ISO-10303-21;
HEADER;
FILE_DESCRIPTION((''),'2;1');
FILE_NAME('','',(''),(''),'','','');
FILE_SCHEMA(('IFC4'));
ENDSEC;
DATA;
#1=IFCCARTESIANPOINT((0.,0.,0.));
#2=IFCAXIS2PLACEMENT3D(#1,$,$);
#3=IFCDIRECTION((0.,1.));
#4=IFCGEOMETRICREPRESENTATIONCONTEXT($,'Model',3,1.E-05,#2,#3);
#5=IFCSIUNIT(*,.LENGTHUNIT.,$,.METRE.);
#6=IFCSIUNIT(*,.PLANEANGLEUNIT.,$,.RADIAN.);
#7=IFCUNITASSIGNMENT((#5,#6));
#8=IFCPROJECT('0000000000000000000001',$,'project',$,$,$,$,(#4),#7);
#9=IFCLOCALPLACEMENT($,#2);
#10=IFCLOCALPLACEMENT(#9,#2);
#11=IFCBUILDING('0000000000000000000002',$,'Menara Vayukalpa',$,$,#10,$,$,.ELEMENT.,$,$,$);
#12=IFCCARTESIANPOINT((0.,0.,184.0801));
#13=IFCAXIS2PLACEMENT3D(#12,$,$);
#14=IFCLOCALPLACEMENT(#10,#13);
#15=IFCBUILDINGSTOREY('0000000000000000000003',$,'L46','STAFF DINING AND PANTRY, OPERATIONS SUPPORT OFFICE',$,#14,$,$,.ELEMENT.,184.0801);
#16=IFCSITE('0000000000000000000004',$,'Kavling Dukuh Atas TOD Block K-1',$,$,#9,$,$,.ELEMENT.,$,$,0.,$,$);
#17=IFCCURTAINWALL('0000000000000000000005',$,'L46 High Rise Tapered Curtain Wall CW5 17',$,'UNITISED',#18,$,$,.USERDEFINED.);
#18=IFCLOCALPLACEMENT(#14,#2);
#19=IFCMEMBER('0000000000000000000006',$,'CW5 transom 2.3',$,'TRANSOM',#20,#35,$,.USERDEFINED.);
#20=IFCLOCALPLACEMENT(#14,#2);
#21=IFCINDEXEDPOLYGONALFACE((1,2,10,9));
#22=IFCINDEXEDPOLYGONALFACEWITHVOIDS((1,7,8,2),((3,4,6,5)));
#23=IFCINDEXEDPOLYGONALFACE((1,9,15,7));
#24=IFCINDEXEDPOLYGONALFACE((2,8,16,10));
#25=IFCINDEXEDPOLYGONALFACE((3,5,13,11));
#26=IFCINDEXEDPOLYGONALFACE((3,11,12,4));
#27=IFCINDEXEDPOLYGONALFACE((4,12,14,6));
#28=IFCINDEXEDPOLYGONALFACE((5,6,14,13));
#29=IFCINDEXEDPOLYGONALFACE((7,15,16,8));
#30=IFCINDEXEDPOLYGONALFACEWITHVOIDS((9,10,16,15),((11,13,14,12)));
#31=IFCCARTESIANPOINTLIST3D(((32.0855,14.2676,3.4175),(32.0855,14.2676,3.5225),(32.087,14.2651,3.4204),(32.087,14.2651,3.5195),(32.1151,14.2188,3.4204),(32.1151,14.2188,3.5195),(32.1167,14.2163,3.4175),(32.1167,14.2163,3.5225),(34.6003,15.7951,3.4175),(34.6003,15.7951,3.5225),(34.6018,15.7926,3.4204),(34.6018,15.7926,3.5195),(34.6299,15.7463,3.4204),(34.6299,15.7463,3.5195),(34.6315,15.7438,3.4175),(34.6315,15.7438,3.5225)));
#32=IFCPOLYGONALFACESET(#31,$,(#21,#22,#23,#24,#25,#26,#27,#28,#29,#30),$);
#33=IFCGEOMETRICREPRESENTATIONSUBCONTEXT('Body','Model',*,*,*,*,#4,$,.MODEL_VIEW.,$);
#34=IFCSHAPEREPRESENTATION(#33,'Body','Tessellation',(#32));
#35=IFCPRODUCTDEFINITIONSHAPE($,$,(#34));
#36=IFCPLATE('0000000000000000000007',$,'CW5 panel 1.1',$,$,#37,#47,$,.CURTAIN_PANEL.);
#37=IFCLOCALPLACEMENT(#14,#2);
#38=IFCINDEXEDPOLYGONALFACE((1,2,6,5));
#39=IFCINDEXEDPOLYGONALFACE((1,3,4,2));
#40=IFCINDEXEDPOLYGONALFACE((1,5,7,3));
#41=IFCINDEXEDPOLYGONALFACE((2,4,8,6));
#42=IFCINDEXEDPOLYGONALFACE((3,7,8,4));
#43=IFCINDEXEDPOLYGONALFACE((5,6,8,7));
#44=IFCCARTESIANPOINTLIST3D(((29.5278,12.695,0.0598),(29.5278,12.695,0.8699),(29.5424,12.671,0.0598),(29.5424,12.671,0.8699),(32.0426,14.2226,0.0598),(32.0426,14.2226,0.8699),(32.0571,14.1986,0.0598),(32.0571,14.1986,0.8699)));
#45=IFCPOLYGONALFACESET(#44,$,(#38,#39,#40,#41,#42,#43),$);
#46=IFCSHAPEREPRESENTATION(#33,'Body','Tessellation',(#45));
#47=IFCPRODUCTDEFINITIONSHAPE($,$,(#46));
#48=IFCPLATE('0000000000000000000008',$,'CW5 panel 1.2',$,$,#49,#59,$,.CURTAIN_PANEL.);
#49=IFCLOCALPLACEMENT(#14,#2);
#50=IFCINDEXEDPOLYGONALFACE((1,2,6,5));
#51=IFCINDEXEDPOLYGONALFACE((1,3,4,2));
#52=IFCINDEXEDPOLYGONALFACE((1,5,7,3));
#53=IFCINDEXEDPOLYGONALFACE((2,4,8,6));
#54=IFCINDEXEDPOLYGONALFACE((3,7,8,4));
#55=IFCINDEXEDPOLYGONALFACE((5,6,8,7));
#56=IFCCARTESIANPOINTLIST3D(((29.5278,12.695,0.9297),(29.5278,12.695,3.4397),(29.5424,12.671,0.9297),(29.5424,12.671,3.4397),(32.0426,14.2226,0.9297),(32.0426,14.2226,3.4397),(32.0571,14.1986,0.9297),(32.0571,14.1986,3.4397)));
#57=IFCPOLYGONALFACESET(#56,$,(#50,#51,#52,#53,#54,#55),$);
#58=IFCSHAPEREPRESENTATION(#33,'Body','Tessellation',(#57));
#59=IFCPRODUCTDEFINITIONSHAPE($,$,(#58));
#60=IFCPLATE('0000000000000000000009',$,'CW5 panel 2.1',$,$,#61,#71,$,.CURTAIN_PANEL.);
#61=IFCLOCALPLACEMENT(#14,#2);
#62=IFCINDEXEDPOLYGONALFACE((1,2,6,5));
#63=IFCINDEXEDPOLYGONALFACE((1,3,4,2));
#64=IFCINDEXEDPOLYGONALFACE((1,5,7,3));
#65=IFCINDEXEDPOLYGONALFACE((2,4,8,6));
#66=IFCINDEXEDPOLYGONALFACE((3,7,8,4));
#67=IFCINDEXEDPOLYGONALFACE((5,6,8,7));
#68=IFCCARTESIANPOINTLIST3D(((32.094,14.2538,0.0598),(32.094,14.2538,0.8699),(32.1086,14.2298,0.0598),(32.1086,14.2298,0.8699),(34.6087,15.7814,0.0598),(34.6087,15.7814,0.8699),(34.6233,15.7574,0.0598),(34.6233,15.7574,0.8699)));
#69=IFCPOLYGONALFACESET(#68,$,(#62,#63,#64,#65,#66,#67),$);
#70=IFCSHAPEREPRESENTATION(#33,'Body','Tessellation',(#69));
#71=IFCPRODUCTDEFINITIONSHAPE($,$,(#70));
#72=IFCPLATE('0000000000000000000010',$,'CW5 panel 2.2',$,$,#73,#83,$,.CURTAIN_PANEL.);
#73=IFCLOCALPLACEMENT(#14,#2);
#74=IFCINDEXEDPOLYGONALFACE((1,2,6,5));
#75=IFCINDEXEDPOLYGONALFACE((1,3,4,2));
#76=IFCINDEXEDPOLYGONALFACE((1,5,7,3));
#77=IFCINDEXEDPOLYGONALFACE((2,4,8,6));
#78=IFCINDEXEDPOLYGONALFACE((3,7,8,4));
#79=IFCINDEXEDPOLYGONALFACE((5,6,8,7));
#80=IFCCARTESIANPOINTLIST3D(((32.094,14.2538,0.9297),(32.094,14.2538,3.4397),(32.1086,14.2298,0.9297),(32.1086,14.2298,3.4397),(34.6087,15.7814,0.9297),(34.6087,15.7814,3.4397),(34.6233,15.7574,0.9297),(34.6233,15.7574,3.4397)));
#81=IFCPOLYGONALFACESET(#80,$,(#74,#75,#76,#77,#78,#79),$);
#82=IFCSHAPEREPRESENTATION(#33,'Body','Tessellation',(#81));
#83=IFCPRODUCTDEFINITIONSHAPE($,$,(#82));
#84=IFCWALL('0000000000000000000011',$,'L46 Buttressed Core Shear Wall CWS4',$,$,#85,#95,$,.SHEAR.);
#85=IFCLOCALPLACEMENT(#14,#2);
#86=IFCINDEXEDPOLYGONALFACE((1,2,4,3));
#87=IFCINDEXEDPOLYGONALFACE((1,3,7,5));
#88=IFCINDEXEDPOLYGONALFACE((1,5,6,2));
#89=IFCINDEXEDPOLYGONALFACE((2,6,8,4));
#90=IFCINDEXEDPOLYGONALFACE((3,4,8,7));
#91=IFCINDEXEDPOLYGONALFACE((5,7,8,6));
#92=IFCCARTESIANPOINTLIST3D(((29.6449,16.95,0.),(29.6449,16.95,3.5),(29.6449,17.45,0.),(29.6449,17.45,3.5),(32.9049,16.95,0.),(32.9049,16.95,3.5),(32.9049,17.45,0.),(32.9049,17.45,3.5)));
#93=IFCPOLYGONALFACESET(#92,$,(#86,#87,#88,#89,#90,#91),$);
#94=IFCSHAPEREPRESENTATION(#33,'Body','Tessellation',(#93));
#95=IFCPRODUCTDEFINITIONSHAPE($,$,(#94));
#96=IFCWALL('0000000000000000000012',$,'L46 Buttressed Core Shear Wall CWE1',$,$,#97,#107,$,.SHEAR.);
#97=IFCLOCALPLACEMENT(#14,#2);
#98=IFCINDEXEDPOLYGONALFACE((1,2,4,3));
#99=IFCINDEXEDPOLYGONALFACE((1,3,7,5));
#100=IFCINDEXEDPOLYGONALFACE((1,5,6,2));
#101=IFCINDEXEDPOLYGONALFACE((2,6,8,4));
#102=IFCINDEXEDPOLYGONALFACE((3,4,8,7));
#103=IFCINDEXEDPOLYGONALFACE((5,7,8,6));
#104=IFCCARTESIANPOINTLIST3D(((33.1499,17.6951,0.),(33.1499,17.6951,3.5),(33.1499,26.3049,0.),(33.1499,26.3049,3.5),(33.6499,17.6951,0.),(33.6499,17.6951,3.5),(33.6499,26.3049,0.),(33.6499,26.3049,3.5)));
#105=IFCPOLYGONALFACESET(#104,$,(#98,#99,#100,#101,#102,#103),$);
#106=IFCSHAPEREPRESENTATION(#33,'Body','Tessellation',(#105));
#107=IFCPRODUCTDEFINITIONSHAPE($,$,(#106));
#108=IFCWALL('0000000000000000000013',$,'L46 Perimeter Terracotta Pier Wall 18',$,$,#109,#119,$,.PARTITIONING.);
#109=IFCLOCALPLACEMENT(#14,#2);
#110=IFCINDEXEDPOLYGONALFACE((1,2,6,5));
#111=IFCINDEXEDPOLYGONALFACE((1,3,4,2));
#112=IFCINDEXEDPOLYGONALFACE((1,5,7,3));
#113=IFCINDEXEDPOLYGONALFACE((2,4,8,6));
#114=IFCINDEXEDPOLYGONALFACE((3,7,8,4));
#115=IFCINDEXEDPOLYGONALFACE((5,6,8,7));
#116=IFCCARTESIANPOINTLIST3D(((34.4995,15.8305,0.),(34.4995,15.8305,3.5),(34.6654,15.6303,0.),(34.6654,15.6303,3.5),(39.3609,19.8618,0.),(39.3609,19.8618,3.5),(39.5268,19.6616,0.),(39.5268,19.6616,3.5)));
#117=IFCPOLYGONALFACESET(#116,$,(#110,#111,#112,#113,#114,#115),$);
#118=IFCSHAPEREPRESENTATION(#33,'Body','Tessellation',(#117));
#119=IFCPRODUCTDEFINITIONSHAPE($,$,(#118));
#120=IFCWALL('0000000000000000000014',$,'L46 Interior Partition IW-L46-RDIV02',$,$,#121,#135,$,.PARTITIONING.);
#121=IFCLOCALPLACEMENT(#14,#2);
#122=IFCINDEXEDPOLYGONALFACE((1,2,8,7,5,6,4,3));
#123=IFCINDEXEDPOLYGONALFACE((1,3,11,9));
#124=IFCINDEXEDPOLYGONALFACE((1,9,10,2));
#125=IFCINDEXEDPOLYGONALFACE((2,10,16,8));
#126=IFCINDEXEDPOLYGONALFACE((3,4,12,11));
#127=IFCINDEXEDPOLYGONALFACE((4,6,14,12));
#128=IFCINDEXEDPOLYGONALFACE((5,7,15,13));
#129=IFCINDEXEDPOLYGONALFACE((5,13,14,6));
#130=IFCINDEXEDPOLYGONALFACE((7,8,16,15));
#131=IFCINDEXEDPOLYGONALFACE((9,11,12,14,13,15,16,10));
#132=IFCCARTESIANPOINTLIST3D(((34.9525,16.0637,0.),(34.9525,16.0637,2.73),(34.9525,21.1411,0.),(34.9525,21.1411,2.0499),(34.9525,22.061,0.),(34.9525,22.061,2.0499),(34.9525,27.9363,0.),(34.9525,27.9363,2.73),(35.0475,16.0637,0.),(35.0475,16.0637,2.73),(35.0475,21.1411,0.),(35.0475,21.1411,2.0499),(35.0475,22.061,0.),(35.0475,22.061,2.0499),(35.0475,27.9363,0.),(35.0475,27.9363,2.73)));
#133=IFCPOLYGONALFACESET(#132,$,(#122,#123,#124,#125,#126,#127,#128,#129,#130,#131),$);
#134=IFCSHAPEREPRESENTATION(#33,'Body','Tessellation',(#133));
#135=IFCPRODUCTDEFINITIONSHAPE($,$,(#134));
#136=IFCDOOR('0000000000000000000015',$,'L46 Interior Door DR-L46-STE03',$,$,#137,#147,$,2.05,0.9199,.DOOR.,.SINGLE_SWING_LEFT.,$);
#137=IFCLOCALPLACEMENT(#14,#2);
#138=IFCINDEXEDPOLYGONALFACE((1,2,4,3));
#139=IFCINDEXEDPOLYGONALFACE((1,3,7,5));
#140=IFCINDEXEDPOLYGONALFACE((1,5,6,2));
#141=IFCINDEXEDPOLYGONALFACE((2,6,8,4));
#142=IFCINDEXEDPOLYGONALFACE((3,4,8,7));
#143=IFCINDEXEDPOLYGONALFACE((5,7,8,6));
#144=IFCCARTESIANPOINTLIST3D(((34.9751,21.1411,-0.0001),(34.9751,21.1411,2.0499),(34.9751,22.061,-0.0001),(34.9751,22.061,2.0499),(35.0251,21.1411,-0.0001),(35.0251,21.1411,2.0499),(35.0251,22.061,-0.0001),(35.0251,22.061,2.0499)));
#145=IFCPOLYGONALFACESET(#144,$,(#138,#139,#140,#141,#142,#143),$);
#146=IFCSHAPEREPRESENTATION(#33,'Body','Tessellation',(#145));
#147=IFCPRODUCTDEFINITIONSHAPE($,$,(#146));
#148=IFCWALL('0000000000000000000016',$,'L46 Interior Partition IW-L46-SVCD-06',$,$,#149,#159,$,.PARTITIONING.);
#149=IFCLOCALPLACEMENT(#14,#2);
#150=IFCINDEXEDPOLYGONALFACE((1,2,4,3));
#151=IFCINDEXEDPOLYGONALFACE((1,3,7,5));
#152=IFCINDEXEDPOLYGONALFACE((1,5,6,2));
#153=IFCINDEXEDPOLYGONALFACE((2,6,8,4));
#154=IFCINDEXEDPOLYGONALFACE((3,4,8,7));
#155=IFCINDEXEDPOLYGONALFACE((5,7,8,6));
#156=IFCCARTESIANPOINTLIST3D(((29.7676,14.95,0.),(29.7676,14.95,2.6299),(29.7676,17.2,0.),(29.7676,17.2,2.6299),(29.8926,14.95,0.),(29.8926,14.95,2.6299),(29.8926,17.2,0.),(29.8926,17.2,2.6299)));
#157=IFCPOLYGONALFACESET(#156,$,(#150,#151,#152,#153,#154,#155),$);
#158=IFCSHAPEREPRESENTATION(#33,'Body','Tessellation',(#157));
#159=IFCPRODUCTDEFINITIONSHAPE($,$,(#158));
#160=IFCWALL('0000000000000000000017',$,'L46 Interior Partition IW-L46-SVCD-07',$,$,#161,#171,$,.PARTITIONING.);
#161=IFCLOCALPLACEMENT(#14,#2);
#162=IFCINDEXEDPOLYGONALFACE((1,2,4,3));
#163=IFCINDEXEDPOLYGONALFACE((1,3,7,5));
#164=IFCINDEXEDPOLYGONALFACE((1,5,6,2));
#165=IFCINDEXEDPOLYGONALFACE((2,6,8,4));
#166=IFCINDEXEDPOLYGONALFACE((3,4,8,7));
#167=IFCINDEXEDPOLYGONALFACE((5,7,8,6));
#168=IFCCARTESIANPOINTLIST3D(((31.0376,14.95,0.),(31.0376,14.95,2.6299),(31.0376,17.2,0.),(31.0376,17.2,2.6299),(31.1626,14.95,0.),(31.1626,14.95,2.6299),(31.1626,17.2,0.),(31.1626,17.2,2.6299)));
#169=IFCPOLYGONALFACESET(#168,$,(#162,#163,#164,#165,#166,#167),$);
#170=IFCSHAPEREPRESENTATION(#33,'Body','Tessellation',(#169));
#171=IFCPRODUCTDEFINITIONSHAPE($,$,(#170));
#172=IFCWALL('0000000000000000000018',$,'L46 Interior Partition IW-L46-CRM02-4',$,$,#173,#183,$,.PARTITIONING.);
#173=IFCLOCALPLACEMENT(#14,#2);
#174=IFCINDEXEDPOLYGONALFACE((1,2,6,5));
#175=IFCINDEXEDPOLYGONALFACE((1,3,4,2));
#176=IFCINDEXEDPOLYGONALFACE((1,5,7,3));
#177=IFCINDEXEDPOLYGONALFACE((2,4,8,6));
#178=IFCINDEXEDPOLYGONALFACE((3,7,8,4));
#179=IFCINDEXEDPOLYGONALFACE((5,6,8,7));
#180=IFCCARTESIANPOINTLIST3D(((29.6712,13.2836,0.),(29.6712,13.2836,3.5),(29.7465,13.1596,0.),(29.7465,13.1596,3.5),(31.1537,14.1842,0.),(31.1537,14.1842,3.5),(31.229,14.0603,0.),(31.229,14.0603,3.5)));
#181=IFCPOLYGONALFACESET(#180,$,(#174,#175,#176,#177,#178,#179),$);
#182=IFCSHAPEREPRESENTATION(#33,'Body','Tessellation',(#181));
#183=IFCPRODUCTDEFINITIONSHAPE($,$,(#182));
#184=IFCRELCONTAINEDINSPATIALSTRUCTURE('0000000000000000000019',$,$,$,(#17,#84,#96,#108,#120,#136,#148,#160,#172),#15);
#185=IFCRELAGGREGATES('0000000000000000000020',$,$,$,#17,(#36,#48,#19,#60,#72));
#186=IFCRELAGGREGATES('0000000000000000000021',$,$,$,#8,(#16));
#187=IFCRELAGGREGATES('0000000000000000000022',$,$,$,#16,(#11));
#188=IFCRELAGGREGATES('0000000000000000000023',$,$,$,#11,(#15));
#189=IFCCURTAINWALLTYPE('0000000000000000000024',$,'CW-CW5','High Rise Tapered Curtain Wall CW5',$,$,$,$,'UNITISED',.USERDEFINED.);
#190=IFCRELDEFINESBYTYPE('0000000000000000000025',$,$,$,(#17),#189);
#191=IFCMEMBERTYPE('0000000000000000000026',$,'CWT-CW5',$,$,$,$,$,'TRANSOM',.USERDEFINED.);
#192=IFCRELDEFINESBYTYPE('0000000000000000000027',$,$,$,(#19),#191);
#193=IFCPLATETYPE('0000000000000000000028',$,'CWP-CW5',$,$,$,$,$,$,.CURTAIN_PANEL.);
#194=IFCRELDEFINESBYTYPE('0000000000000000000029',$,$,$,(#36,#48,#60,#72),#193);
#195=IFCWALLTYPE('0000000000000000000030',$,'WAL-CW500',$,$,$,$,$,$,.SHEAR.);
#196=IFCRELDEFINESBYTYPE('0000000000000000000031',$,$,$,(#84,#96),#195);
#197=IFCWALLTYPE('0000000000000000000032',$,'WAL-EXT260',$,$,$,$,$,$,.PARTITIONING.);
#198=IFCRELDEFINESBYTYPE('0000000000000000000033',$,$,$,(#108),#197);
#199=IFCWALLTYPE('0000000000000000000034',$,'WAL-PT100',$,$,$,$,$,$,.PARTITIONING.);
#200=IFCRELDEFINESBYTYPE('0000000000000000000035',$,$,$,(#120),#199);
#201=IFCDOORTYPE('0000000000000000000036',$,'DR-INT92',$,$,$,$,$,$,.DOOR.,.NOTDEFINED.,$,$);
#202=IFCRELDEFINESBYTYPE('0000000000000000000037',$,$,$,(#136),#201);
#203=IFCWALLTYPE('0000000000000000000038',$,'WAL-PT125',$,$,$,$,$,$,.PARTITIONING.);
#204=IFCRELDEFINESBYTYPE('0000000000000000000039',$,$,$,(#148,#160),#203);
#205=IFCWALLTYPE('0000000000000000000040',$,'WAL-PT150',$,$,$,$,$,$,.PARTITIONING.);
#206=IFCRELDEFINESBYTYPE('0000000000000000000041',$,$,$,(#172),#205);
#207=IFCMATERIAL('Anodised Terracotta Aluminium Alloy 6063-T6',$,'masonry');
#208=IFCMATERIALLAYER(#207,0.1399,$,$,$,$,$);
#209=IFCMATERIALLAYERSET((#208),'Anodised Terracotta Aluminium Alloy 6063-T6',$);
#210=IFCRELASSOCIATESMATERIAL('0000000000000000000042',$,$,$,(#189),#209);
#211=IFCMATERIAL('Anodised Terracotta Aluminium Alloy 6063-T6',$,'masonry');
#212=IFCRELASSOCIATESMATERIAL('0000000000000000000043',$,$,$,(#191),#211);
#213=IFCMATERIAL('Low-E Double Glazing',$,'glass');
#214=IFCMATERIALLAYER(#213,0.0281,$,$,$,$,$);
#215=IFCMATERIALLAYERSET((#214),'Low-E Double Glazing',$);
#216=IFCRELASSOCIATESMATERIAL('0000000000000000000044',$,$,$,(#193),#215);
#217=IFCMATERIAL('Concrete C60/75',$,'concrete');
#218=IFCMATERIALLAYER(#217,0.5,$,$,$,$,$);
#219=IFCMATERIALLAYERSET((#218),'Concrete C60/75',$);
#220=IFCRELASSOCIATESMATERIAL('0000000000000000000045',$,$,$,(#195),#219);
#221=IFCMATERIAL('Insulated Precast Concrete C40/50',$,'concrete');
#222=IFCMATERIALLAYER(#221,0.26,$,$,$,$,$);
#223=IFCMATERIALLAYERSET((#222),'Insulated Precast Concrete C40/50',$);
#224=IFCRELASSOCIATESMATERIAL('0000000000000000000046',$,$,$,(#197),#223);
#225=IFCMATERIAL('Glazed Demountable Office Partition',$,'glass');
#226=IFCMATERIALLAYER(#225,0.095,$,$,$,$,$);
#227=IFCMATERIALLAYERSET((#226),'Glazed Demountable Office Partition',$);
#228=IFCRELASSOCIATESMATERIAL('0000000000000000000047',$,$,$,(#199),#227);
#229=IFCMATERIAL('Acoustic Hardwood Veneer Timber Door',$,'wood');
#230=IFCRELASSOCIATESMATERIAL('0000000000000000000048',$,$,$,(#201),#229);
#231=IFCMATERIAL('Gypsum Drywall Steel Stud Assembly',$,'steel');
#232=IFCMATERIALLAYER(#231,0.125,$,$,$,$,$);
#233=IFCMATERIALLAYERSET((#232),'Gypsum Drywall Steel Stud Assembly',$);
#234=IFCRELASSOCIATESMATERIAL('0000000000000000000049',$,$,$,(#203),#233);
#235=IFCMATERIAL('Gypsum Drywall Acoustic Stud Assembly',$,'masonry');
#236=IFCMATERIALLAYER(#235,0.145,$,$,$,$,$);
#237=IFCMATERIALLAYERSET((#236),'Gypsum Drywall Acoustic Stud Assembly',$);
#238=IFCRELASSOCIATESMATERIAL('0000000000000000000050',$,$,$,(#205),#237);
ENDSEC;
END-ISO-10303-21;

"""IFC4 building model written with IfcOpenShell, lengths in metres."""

from ifc_helpers import new_model, si_unit, direction, frame, frame_2d, origin, origin_2d, place, context, subcontext, project, spatial, rectangle, hollow_rectangle, extrude, material, layer, layer_set, material_profile, profile_set, type_object, element, fill, aggregate, save


model = new_model("IFC4")

# Units and contexts
model_context = context("Model", 3, precision=1e-05, world=origin(), true_north=direction((0.0, 1.0)))
body_context = subcontext(model_context, "Body", "Model", "MODEL_VIEW")
ifc_project = project(units=[si_unit("LENGTHUNIT", "METRE"), si_unit("PLANEANGLEUNIT", "RADIAN")], contexts=[model_context])

# Site, building, storey
site_placement = place(None, origin())
site = spatial("IfcSite", under=ifc_project, at=site_placement, Name="Kavling Dukuh Atas TOD Block K-1", CompositionType="ELEMENT", RefElevation=0.0)
building_placement = place(site_placement, origin())
building = spatial("IfcBuilding", under=site, at=building_placement, Name="Menara Vayukalpa", CompositionType="ELEMENT")
storey_placement = place(building_placement, frame((0.0, 0.0, 184.0801)))
storey = spatial("IfcBuildingStorey", under=building, at=storey_placement, Name="L46", Description="STAFF DINING AND PANTRY, OPERATIONS SUPPORT OFFICE", CompositionType="ELEMENT", Elevation=184.0801)

# Curtain wall, member, plates
ifc_material_1 = material(Name="Anodised Terracotta Aluminium Alloy 6063-T6", Category="masonry")
ifc_layer_1 = layer(ifc_material_1, 0.1399)
ifc_layer_set_1 = layer_set([ifc_layer_1], Name="Anodised Terracotta Aluminium Alloy 6063-T6")
curtain_wall_type = type_object("IfcCurtainWallType", Name="CW-CW5", Description="High Rise Tapered Curtain Wall CW5", ElementType="UNITISED", PredefinedType="USERDEFINED", material=ifc_layer_set_1)
curtain_wall_placement = place(storey_placement, origin())
curtain_wall = element("IfcCurtainWall", 1, at=curtain_wall_placement, inside=storey, type_object=curtain_wall_type, Name="L46 High Rise Tapered Curtain Wall CW5 17", ObjectType="UNITISED", PredefinedType="USERDEFINED")
ifc_material_2 = material(Name="Anodised Terracotta Aluminium Alloy 6063-T6", Category="masonry")
ifc_material_profile_1 = material_profile(ifc_material_2, hollow_rectangle(XDim=0.0601, YDim=0.105, WallThickness=0.0029, at=origin_2d()), Name="ALU 60x105x3")
ifc_profile_set_1 = profile_set([ifc_material_profile_1], Name="Anodised Terracotta Aluminium Alloy 6063-T6")
member_type_1 = type_object("IfcMemberType", Name="CWT-CW5", ElementType="TRANSOM", PredefinedType="USERDEFINED", material=ifc_profile_set_1)
member_1_placement = place(storey_placement, frame((32.1011, 14.2419, 3.47), z_axis=(0.854684, 0.519149, 0.0), x_axis=(-0.519149, 0.854684, 0.0)))
member_1 = element("IfcMember", 2, at=member_1_placement, type_object=member_type_1, Name="CW5 transom 2.3", ObjectType="TRANSOM", PredefinedType="USERDEFINED", context=body_context, shape_type="SweptSolid", body=[
    extrude(hollow_rectangle(XDim=0.0601, YDim=0.105, WallThickness=0.0029, at=origin_2d()), origin(), (0.0, 0.0, 1.0), 2.9424),
])
ifc_material_3 = material(Name="Low-E Double Glazing", Category="glass")
ifc_layer_2 = layer(ifc_material_3, 0.0281)
ifc_layer_set_2 = layer_set([ifc_layer_2], Name="Low-E Double Glazing")
plate_type = type_object("IfcPlateType", Name="CWP-CW5", PredefinedType="CURTAIN_PANEL", material=ifc_layer_set_2)
plate_1_placement = place(storey_placement, frame((30.7925, 13.4468, 0.0598), z_axis=(0.0, 0.0, 1.0), x_axis=(0.854665, 0.51918, 0.0)))
plate_1 = element("IfcPlate", 3, at=plate_1_placement, type_object=plate_type, Name="CW5 panel 1.1", PredefinedType="CURTAIN_PANEL", context=body_context, shape_type="SweptSolid", body=[
    extrude(rectangle(XDim=2.9424, YDim=0.0281, at=origin_2d()), origin(), (0.0, 0.0, 1.0), 0.8101),
])
plate_2_placement = place(storey_placement, frame((30.7925, 13.4468, 0.9297), z_axis=(0.0, 0.0, 1.0), x_axis=(0.854665, 0.51918, 0.0)))
plate_2 = element("IfcPlate", 4, at=plate_2_placement, type_object=plate_type, Name="CW5 panel 1.2", PredefinedType="CURTAIN_PANEL", context=body_context, shape_type="SweptSolid", body=[
    extrude(rectangle(XDim=2.9424, YDim=0.0281, at=origin_2d()), origin(), (0.0, 0.0, 1.0), 2.51),
])
plate_3_placement = place(storey_placement, frame((33.3586, 15.0056, 0.0598), z_axis=(0.0, 0.0, 1.0), x_axis=(0.854665, 0.51918, 0.0)))
plate_3 = element("IfcPlate", 5, at=plate_3_placement, type_object=plate_type, Name="CW5 panel 2.1", PredefinedType="CURTAIN_PANEL", context=body_context, shape_type="SweptSolid", body=[
    extrude(rectangle(XDim=2.9424, YDim=0.0281, at=origin_2d()), origin(), (0.0, 0.0, 1.0), 0.8101),
])
plate_4_placement = place(storey_placement, frame((33.3586, 15.0056, 0.9297), z_axis=(0.0, 0.0, 1.0), x_axis=(0.854665, 0.51918, 0.0)))
plate_4 = element("IfcPlate", 6, at=plate_4_placement, type_object=plate_type, Name="CW5 panel 2.2", PredefinedType="CURTAIN_PANEL", context=body_context, shape_type="SweptSolid", body=[
    extrude(rectangle(XDim=2.9424, YDim=0.0281, at=origin_2d()), origin(), (0.0, 0.0, 1.0), 2.51),
])
aggregate(curtain_wall, [plate_1, plate_2, member_1, plate_3, plate_4])

# Walls
ifc_material_4 = material(Name="Concrete C60/75", Category="concrete")
ifc_layer_3 = layer(ifc_material_4, 0.5)
ifc_layer_set_3 = layer_set([ifc_layer_3], Name="Concrete C60/75")
wall_type_1 = type_object("IfcWallType", Name="WAL-CW500", PredefinedType="SHEAR", material=ifc_layer_set_3)
wall_1_placement = place(storey_placement, frame((29.645, 17.2, 0.0), z_axis=(0.0, 0.0, 1.0), x_axis=(1.0, 0.0, 0.0)))
element("IfcWall", 7, at=wall_1_placement, inside=storey, type_object=wall_type_1, Name="L46 Buttressed Core Shear Wall CWS4", PredefinedType="SHEAR", context=body_context, shape_type="SweptSolid", body=[
    extrude(rectangle(XDim=3.26, YDim=0.5, at=frame_2d((1.6299, 0.0))), origin(), (0.0, 0.0, 1.0), 3.5),
])
wall_2_placement = place(storey_placement, frame((33.3999, 17.6951, 0.0), z_axis=(0.0, 0.0, 1.0), x_axis=(0.0, 1.0, 0.0)))
element("IfcWall", 8, at=wall_2_placement, inside=storey, type_object=wall_type_1, Name="L46 Buttressed Core Shear Wall CWE1", PredefinedType="SHEAR", context=body_context, shape_type="SweptSolid", body=[
    extrude(rectangle(XDim=8.6099, YDim=0.5, at=frame_2d((4.3049, 0.0))), origin(), (0.0, 0.0, 1.0), 3.5),
])
ifc_material_5 = material(Name="Insulated Precast Concrete C40/50", Category="concrete")
ifc_layer_4 = layer(ifc_material_5, 0.26)
ifc_layer_set_4 = layer_set([ifc_layer_4], Name="Insulated Precast Concrete C40/50")
wall_type_2 = type_object("IfcWallType", Name="WAL-EXT260", PredefinedType="PARTITIONING", material=ifc_layer_set_4)
wall_3_placement = place(storey_placement, frame((39.4438, 19.7617, 0.0), z_axis=(0.0, 0.0, 1.0), x_axis=(-0.769765, -0.638327, 0.0)))
element("IfcWall", 9, at=wall_3_placement, inside=storey, type_object=wall_type_2, Name="L46 Perimeter Terracotta Pier Wall 18", PredefinedType="PARTITIONING", context=body_context, shape_type="SweptSolid", body=[
    extrude(rectangle(XDim=6.3154, YDim=0.26, at=frame_2d((3.1577, 0.0))), origin(), (0.0, 0.0, 1.0), 3.5),
])

# Wall, opening, door
ifc_material_6 = material(Name="Glazed Demountable Office Partition", Category="glass")
ifc_layer_5 = layer(ifc_material_6, 0.095)
ifc_layer_set_5 = layer_set([ifc_layer_5], Name="Glazed Demountable Office Partition")
wall_type_3 = type_object("IfcWallType", Name="WAL-PT100", PredefinedType="PARTITIONING", material=ifc_layer_set_5)
wall_4_placement = place(storey_placement, frame((35.0, 16.0637, 0.0), z_axis=(0.0, 0.0, 1.0), x_axis=(0.0, 1.0, 0.0)))
wall_4 = element("IfcWall", 10, at=wall_4_placement, inside=storey, type_object=wall_type_3, Name="L46 Interior Partition IW-L46-RDIV02", PredefinedType="PARTITIONING", context=body_context, shape_type="SweptSolid", body=[
    extrude(rectangle(XDim=11.8726, YDim=0.095, at=frame_2d((5.9363, 0.0))), origin(), (0.0, 0.0, 1.0), 2.73),
])
opening_placement = place(wall_4_placement, frame((5.0774, 0.0, 0.0)))
opening = element("IfcOpeningElement", 11, at=opening_placement, cuts=wall_4, PredefinedType="OPENING", context=body_context, shape_type="SweptSolid", body=[
    extrude(rectangle(XDim=0.9199, YDim=2.05, at=frame_2d((0.46, 1.0249))), frame((0.0, 0.0574, 0.0), z_axis=(0.0, -1.0, 0.0), x_axis=(1.0, 0.0, 0.0)), (0.0, 0.0, 1.0), 0.115),
])
ifc_material_7 = material(Name="Acoustic Hardwood Veneer Timber Door", Category="wood")
door_type = type_object("IfcDoorType", Name="DR-INT92", OperationType="NOTDEFINED", PredefinedType="DOOR", material=ifc_material_7)
door_placement = place(opening_placement, origin())
door = element("IfcDoor", 12, at=door_placement, inside=storey, type_object=door_type, Name="L46 Interior Door DR-L46-STE03", OperationType="SINGLE_SWING_LEFT", OverallHeight=2.05, OverallWidth=0.9199, PredefinedType="DOOR", context=body_context, shape_type="SweptSolid", body=[
    extrude(rectangle(XDim=0.9199, YDim=2.05, at=frame_2d((0.46, 1.0249))), frame((0.0, 0.0249, 0.0), z_axis=(0.0, -1.0, 0.0), x_axis=(1.0, 0.0, 0.0)), (0.0, 0.0, 1.0), 0.05),
])
fill(opening, door)

# Walls
ifc_material_8 = material(Name="Gypsum Drywall Steel Stud Assembly", Category="steel")
ifc_layer_6 = layer(ifc_material_8, 0.125)
ifc_layer_set_6 = layer_set([ifc_layer_6], Name="Gypsum Drywall Steel Stud Assembly")
wall_type_4 = type_object("IfcWallType", Name="WAL-PT125", PredefinedType="PARTITIONING", material=ifc_layer_set_6)
for number, where, z_axis, x_axis, name in (
    (13, (29.8301, 14.95, 0.0), (0.0, 0.0, 1.0), (0.0, 1.0, 0.0), "L46 Interior Partition IW-L46-SVCD-06"),
    (14, (31.1001, 14.95, 0.0), (0.0, 0.0, 1.0), (0.0, 1.0, 0.0), "L46 Interior Partition IW-L46-SVCD-07"),
):
    element("IfcWall", number, at=place(storey_placement, frame(where, z_axis=z_axis, x_axis=x_axis)), inside=storey, type_object=wall_type_4, Name=name, PredefinedType="PARTITIONING", context=body_context, shape_type="SweptSolid", body=[
        extrude(rectangle(XDim=2.25, YDim=0.125, at=frame_2d((1.125, 0.0))), origin(), (0.0, 0.0, 1.0), 2.6299),
    ])
ifc_material_9 = material(Name="Gypsum Drywall Acoustic Stud Assembly", Category="masonry")
ifc_layer_7 = layer(ifc_material_9, 0.145)
ifc_layer_set_7 = layer_set([ifc_layer_7], Name="Gypsum Drywall Acoustic Stud Assembly")
wall_type_5 = type_object("IfcWallType", Name="WAL-PT150", PredefinedType="PARTITIONING", material=ifc_layer_set_7)
wall_5_placement = place(storey_placement, frame((29.709, 13.2217, 0.0), z_axis=(0.0, 0.0, 1.0), x_axis=(0.854636, 0.519228, 0.0)))
element("IfcWall", 15, at=wall_5_placement, inside=storey, type_object=wall_type_5, Name="L46 Interior Partition IW-L46-CRM02-4", PredefinedType="PARTITIONING", context=body_context, shape_type="SweptSolid", body=[
    extrude(rectangle(XDim=1.7346, YDim=0.145, at=frame_2d((0.8672, 0.0))), origin(), (0.0, 0.0, 1.0), 3.5),
])

save(model, "model.ifc")
